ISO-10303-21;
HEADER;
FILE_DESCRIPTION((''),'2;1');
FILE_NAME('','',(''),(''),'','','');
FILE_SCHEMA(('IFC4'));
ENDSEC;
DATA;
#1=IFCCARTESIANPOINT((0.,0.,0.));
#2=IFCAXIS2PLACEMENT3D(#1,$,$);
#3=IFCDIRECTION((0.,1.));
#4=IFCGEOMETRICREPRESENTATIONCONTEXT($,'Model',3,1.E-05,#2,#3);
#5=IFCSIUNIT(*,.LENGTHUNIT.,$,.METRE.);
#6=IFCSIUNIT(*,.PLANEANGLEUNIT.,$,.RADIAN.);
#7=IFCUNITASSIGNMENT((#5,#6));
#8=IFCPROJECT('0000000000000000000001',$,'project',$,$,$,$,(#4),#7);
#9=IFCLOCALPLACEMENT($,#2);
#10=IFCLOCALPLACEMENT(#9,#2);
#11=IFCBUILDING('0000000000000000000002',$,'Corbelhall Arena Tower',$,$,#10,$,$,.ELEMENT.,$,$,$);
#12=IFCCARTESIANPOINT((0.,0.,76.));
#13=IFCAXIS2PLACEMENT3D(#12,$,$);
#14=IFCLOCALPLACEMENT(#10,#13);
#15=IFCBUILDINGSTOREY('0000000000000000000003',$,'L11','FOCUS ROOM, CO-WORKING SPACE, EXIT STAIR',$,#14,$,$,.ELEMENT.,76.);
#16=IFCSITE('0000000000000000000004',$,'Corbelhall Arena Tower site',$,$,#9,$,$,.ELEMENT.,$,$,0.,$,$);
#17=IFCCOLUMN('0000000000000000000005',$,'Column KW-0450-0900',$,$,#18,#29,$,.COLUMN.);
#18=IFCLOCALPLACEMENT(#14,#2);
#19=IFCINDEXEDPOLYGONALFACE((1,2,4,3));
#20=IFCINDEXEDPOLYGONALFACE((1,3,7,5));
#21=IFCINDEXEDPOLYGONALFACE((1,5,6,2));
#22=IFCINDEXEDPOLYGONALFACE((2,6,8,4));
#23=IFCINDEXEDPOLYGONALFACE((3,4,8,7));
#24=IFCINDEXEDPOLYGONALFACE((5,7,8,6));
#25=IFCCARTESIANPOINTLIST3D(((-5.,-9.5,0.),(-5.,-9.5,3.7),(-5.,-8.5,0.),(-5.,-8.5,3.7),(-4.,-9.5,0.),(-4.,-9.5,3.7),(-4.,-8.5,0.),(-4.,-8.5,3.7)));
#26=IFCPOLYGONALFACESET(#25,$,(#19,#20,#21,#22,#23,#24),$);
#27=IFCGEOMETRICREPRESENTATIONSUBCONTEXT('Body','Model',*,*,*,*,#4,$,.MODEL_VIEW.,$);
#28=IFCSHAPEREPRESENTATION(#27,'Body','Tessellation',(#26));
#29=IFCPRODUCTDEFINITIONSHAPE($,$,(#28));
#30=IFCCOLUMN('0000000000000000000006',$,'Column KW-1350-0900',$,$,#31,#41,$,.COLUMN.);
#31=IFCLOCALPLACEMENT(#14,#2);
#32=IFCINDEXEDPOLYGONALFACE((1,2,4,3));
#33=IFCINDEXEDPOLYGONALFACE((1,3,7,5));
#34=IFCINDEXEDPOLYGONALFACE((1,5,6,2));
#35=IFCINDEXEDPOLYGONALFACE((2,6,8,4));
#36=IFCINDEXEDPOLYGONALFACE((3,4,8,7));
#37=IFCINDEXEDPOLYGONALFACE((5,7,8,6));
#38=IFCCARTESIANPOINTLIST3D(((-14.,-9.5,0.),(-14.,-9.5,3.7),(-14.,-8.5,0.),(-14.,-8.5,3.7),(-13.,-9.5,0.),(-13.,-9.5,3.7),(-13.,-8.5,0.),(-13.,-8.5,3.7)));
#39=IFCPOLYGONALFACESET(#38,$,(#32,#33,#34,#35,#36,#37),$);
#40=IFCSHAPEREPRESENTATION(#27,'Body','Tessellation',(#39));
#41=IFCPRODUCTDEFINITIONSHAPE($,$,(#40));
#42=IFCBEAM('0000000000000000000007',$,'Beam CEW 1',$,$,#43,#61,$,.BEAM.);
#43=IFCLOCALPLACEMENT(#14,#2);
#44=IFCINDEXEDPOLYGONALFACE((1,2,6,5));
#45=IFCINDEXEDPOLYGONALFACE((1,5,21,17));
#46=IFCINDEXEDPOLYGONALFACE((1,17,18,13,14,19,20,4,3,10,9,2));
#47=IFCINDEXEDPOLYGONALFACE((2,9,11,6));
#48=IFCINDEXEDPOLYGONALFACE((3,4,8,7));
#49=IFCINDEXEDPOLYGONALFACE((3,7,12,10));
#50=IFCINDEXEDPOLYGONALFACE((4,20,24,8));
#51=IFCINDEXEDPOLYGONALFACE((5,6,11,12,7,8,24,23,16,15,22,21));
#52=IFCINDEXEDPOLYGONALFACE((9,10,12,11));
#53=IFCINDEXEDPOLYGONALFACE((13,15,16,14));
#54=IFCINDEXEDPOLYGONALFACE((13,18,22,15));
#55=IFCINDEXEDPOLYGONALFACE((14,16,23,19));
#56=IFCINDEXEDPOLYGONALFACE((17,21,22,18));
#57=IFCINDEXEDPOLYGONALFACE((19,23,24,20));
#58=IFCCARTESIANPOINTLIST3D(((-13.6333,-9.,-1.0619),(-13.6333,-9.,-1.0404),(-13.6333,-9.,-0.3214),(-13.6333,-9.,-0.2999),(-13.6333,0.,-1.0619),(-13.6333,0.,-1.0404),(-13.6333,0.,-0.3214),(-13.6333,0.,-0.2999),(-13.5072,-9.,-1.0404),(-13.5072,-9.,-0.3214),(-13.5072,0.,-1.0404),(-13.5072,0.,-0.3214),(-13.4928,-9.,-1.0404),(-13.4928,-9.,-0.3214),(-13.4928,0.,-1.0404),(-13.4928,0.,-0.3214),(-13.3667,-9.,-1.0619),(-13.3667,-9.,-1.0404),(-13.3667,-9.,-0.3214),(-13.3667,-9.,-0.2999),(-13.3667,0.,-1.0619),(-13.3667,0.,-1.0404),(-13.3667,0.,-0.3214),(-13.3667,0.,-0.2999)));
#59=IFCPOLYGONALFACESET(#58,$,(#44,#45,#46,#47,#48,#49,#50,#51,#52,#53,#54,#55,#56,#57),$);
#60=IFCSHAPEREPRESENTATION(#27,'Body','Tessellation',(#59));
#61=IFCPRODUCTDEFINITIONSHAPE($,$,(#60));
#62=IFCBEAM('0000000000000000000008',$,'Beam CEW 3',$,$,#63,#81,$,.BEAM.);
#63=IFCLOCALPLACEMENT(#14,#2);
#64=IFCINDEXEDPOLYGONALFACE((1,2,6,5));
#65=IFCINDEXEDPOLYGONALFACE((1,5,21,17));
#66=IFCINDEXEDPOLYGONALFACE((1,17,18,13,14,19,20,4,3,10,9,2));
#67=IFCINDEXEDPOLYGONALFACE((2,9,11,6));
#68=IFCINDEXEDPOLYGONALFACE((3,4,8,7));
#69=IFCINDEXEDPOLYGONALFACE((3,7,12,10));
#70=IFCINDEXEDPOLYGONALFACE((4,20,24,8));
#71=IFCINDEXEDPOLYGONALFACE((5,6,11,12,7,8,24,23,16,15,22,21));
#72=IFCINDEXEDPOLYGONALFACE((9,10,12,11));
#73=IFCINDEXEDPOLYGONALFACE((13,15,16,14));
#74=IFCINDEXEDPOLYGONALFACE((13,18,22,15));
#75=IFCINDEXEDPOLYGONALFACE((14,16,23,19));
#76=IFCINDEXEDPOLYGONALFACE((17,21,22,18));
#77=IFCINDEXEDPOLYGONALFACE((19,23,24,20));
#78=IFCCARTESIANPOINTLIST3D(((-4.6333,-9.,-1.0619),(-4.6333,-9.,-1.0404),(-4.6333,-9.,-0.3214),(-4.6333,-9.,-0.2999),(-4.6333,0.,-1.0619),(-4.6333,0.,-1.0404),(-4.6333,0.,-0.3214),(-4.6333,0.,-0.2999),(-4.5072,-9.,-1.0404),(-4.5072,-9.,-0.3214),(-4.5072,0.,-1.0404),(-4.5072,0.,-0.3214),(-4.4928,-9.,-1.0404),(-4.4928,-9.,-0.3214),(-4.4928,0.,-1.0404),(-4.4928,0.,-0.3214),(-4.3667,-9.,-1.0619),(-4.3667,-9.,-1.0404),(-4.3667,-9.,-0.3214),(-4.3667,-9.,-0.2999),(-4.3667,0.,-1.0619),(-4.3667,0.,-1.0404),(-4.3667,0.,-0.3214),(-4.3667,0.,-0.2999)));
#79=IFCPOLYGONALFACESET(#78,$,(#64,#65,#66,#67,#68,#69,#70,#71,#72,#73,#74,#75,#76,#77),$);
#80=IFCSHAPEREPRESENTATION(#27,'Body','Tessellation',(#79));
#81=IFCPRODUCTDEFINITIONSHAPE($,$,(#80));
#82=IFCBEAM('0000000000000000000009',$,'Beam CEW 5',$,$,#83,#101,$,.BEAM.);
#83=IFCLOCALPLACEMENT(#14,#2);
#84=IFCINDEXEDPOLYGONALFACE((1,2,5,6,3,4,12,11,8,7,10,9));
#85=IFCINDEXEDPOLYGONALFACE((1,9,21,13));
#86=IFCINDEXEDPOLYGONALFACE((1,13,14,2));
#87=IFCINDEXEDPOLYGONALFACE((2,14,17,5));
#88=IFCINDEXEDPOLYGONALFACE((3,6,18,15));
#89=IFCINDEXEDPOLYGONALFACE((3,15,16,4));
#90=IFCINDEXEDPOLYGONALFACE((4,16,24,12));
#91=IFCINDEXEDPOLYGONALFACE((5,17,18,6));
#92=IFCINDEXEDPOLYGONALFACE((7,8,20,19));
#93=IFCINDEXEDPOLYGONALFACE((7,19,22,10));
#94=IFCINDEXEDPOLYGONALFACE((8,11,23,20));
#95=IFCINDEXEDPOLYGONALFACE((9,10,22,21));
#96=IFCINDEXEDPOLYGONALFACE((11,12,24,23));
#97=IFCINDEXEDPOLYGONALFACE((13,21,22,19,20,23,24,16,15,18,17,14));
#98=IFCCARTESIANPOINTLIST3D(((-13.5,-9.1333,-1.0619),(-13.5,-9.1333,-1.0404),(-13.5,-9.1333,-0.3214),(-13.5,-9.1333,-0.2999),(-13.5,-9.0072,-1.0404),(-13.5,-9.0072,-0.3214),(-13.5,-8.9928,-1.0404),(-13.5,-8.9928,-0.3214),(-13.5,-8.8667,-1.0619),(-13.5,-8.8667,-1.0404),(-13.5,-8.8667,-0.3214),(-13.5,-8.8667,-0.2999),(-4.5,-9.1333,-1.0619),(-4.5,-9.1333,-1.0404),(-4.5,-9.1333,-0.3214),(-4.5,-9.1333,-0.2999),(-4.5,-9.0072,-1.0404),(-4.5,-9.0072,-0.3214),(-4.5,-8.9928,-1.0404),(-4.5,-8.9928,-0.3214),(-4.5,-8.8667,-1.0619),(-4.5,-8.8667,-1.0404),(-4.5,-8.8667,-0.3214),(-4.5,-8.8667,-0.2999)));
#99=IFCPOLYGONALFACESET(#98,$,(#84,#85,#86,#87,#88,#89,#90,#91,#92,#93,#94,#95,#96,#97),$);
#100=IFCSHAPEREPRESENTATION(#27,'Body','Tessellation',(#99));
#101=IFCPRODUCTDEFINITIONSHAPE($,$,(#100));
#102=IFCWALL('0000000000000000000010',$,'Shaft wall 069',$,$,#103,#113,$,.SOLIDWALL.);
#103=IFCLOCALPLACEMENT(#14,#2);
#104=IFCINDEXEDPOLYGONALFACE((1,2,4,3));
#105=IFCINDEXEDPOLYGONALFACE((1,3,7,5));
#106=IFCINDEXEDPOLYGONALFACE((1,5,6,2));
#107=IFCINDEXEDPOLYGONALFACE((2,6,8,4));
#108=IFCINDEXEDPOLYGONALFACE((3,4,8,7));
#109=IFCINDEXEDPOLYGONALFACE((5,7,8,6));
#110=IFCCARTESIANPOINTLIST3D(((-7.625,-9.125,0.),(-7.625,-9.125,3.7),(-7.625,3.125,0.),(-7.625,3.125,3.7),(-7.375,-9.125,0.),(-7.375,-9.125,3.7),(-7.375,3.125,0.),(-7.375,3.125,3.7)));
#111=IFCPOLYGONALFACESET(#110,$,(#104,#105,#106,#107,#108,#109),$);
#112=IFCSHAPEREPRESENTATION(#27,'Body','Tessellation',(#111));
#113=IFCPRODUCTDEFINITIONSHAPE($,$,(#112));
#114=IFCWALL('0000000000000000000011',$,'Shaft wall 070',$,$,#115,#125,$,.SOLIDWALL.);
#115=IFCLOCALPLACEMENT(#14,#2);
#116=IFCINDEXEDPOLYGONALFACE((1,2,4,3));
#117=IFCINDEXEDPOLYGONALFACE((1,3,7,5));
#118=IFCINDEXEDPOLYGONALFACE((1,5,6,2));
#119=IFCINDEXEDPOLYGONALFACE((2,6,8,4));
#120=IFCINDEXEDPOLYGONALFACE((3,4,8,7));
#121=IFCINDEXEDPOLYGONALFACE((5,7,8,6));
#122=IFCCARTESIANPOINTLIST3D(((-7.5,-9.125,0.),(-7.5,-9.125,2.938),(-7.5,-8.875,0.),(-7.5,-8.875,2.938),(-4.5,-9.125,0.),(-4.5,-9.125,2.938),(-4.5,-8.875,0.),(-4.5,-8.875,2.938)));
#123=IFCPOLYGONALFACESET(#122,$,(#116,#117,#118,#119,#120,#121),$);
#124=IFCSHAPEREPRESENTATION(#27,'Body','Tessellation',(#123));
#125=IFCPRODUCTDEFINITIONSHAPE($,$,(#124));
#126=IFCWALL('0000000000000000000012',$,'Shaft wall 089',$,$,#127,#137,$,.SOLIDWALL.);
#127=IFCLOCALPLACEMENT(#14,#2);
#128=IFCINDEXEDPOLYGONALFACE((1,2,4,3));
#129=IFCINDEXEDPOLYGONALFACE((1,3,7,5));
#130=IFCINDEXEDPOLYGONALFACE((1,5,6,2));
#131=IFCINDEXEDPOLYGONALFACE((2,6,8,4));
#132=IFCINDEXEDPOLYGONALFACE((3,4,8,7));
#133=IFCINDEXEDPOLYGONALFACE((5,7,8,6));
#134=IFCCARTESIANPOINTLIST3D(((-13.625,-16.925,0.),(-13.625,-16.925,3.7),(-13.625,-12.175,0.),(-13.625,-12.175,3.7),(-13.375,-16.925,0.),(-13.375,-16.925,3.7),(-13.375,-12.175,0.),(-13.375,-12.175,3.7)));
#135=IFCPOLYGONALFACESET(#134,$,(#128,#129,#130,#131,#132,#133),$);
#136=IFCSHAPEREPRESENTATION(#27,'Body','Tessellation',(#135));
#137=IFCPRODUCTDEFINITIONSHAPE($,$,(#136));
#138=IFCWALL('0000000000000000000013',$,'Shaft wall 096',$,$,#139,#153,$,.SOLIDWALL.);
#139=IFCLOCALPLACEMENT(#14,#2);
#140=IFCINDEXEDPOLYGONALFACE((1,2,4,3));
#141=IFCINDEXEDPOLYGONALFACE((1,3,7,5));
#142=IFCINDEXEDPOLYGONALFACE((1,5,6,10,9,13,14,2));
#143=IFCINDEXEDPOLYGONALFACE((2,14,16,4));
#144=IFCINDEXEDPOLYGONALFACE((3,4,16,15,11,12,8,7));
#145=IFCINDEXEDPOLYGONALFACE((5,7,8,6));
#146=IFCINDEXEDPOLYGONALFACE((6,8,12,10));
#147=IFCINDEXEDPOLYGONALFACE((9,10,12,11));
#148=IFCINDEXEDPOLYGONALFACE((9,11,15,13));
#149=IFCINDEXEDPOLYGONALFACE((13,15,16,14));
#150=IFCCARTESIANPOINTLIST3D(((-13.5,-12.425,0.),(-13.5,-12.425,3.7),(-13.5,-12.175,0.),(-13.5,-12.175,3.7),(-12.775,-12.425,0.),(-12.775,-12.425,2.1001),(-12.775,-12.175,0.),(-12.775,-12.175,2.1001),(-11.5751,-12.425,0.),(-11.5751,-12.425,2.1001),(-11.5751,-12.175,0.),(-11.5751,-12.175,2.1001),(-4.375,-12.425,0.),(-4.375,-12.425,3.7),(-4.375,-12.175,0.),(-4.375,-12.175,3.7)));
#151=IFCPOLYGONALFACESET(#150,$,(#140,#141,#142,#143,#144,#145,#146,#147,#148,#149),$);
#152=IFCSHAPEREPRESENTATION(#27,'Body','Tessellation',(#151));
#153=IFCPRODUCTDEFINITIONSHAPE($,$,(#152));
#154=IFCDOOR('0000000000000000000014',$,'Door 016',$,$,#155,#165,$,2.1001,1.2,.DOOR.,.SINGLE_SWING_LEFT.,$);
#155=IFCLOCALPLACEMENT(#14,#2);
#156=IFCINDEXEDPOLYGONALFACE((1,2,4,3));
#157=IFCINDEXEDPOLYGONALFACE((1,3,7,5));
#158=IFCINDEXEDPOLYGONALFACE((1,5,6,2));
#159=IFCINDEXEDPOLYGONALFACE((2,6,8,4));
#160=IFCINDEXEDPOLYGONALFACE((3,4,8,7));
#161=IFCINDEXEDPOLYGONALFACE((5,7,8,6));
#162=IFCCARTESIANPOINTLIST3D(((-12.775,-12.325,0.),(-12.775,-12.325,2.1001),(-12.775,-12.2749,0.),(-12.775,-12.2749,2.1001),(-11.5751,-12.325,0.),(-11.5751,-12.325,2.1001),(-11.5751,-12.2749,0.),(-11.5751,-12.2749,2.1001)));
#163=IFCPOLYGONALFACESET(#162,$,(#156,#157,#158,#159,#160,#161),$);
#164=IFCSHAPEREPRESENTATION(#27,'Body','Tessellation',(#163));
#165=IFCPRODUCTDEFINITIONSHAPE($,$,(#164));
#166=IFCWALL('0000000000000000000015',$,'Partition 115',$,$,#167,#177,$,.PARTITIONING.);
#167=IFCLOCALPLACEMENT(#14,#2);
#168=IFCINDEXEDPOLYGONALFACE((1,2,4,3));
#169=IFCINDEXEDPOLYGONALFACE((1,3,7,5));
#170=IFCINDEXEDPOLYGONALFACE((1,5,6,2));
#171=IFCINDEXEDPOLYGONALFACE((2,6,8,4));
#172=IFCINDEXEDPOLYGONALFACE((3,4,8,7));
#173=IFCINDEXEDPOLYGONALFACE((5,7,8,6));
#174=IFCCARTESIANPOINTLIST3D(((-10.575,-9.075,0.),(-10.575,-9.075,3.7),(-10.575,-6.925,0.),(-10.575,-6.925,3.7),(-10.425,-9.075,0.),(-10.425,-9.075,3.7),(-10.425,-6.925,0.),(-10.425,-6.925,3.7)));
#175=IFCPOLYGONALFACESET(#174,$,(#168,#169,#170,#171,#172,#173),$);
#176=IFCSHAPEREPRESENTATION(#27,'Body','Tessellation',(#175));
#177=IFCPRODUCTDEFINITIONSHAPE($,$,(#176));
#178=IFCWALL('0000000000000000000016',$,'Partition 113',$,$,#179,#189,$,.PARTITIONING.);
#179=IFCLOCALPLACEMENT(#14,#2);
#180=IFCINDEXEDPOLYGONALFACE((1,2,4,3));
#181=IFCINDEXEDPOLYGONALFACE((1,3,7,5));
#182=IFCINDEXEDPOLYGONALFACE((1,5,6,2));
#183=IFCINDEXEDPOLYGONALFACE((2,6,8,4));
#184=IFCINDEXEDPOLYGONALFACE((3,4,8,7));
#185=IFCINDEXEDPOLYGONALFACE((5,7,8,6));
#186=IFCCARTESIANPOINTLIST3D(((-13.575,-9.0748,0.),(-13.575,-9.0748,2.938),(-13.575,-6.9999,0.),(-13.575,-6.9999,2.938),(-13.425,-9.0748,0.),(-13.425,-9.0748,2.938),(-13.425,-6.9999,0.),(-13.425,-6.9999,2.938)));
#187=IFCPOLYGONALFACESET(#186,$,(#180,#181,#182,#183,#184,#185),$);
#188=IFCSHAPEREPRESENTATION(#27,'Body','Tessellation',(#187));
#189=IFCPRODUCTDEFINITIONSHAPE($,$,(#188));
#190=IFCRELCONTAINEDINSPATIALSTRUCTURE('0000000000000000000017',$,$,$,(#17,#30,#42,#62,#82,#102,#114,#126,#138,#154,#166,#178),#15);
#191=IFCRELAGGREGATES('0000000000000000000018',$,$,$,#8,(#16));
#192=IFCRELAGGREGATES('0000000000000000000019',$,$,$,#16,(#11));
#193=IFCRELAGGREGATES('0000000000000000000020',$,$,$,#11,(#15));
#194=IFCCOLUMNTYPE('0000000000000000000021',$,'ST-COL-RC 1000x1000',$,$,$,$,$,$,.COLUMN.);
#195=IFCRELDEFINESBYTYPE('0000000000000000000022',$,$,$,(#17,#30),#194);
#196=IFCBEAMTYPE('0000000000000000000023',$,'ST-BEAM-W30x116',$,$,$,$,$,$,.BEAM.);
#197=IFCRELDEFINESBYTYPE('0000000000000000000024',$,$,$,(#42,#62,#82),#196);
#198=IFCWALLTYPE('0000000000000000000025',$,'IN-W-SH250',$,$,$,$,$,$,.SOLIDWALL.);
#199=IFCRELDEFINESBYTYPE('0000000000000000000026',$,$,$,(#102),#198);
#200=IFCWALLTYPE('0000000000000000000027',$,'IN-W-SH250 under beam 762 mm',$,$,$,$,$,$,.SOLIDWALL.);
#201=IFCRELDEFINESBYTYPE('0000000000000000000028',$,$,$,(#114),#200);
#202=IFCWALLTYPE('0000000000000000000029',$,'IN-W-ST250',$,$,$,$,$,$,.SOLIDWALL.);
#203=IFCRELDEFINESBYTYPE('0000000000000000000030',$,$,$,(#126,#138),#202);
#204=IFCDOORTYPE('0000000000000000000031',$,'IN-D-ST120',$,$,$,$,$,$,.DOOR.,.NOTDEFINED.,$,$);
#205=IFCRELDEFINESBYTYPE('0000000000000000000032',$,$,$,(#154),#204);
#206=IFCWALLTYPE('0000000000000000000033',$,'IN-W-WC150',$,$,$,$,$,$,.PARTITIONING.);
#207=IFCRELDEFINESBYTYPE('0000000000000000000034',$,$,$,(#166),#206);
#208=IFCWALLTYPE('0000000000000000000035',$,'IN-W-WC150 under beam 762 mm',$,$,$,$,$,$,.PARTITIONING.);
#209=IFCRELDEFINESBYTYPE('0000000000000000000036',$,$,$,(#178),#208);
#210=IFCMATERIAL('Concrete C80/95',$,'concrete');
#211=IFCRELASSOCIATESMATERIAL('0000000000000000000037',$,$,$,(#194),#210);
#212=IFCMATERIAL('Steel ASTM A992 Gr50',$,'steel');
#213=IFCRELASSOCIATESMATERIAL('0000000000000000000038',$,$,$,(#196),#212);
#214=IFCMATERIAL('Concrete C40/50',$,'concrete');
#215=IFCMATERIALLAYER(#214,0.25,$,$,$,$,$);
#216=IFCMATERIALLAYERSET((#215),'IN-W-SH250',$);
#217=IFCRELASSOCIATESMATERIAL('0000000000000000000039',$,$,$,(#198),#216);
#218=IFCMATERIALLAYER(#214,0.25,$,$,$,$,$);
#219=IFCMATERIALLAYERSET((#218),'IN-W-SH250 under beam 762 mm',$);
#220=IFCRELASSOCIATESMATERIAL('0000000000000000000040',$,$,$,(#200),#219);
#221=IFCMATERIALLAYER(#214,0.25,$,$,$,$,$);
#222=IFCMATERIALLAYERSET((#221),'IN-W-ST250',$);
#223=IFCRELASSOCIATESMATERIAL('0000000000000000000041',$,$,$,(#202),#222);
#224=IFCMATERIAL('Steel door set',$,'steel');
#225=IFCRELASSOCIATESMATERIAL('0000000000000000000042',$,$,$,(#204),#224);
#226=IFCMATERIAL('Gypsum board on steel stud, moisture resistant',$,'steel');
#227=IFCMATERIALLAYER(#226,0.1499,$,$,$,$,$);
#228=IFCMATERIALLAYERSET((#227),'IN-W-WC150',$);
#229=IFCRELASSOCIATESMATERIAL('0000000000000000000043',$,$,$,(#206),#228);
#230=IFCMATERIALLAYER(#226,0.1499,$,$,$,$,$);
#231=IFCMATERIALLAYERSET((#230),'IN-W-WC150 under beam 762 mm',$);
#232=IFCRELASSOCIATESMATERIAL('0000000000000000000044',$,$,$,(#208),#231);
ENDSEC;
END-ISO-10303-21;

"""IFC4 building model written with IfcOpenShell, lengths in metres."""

from ifc_helpers import new_model, si_unit, direction, frame, frame_2d, origin, origin_2d, place, context, subcontext, project, spatial, rectangle, i_section, extrude, material, layer, layer_set, material_profile, profile_set, type_object, element, fill, save


model = new_model("IFC4")

# Units and contexts
model_context = context("Model", 3, precision=1e-05, world=origin(), true_north=direction((0.0, 1.0)))
body_context = subcontext(model_context, "Body", "Model", "MODEL_VIEW")
ifc_project = project(units=[si_unit("LENGTHUNIT", "METRE"), si_unit("PLANEANGLEUNIT", "RADIAN")], contexts=[model_context])

# Site, building, storey
site_placement = place(None, origin())
site = spatial("IfcSite", under=ifc_project, at=site_placement, Name="Corbelhall Arena Tower site", CompositionType="ELEMENT", RefElevation=0.0)
building_placement = place(site_placement, origin())
building = spatial("IfcBuilding", under=site, at=building_placement, Name="Corbelhall Arena Tower", CompositionType="ELEMENT")
storey_placement = place(building_placement, frame((0.0, 0.0, 76.0)))
storey = spatial("IfcBuildingStorey", under=building, at=storey_placement, Name="L11", Description="FOCUS ROOM, CO-WORKING SPACE, EXIT STAIR", CompositionType="ELEMENT", Elevation=76.0)

# Columns
ifc_material_1 = material(Name="Concrete C80/95", Category="concrete")
ifc_material_profile_1 = material_profile(ifc_material_1, rectangle(XDim=1.0, YDim=1.0, at=origin_2d()))
ifc_profile_set_1 = profile_set([ifc_material_profile_1], Name="Concrete C80/95")
column_type = type_object("IfcColumnType", Name="ST-COL-RC 1000x1000", PredefinedType="COLUMN", material=ifc_profile_set_1)
for number, where, z_axis, x_axis, name in (
    (1, (-4.5, -9.0, 0.0), (0.0, 0.0, 1.0), (1.0, 0.0, 0.0), "Column KW-0450-0900"),
    (2, (-13.5, -9.0, 0.0), (0.0, 0.0, 1.0), (1.0, 0.0, 0.0), "Column KW-1350-0900"),
):
    element("IfcColumn", number, at=place(storey_placement, frame(where, z_axis=z_axis, x_axis=x_axis)), inside=storey, type_object=column_type, Name=name, PredefinedType="COLUMN", context=body_context, shape_type="SweptSolid", body=[
        extrude(rectangle(XDim=1.0, YDim=1.0, at=origin_2d()), origin(), (0.0, 0.0, 1.0), 3.7),
    ])

# Beams
ifc_material_2 = material(Name="Steel ASTM A992 Gr50", Category="steel")
ifc_material_profile_2 = material_profile(ifc_material_2, i_section(OverallWidth=0.2666, OverallDepth=0.762, WebThickness=0.0144, FlangeThickness=0.0215, at=origin_2d()))
ifc_profile_set_2 = profile_set([ifc_material_profile_2], Name="Steel ASTM A992 Gr50")
beam_type = type_object("IfcBeamType", Name="ST-BEAM-W30x116", PredefinedType="BEAM", material=ifc_profile_set_2)
for number, where, z_axis, x_axis, name in (
    (3, (-13.5, -9.0, -0.6809), (0.0, 1.0, 0.0), (-1.0, 0.0, 0.0), "Beam CEW 1"),
    (4, (-4.5, -9.0, -0.6809), (0.0, 1.0, 0.0), (-1.0, 0.0, 0.0), "Beam CEW 3"),
    (5, (-13.5, -9.0, -0.6809), (1.0, 0.0, 0.0), (0.0, 1.0, 0.0), "Beam CEW 5"),
):
    element("IfcBeam", number, at=place(storey_placement, frame(where, z_axis=z_axis, x_axis=x_axis)), inside=storey, type_object=beam_type, Name=name, PredefinedType="BEAM", context=body_context, shape_type="SweptSolid", body=[
        extrude(i_section(OverallWidth=0.2666, OverallDepth=0.762, WebThickness=0.0144, FlangeThickness=0.0215, at=origin_2d()), origin(), (0.0, 0.0, 1.0), 9.0),
    ])

# Shared definitions
ifc_material_3 = material(Name="Steel door set", Category="steel")

# Walls
ifc_material_4 = material(Name="Concrete C40/50", Category="concrete")
ifc_layer_1 = layer(ifc_material_4, 0.25)
ifc_layer_set_1 = layer_set([ifc_layer_1], Name="IN-W-SH250")
wall_type_1 = type_object("IfcWallType", Name="IN-W-SH250", PredefinedType="SOLIDWALL", material=ifc_layer_set_1)
wall_1_placement = place(storey_placement, frame((-7.5, -9.125, 0.0), z_axis=(0.0, 0.0, 1.0), x_axis=(0.0, 1.0, 0.0)))
element("IfcWall", 6, at=wall_1_placement, inside=storey, type_object=wall_type_1, Name="Shaft wall 069", PredefinedType="SOLIDWALL", context=body_context, shape_type="SweptSolid", body=[
    extrude(rectangle(XDim=12.25, YDim=0.25, at=frame_2d((6.125, 0.0))), origin(), (0.0, 0.0, 1.0), 3.7),
])
ifc_layer_2 = layer(ifc_material_4, 0.25)
ifc_layer_set_2 = layer_set([ifc_layer_2], Name="IN-W-SH250 under beam 762 mm")
wall_type_2 = type_object("IfcWallType", Name="IN-W-SH250 under beam 762 mm", PredefinedType="SOLIDWALL", material=ifc_layer_set_2)
wall_2_placement = place(storey_placement, frame((-4.5, -9.0, 0.0), z_axis=(0.0, 0.0, 1.0), x_axis=(-1.0, 0.0, 0.0)))
element("IfcWall", 7, at=wall_2_placement, inside=storey, type_object=wall_type_2, Name="Shaft wall 070", PredefinedType="SOLIDWALL", context=body_context, shape_type="SweptSolid", body=[
    extrude(rectangle(XDim=3.0, YDim=0.25, at=frame_2d((1.5, 0.0))), origin(), (0.0, 0.0, 1.0), 2.938),
])
ifc_layer_3 = layer(ifc_material_4, 0.25)
ifc_layer_set_3 = layer_set([ifc_layer_3], Name="IN-W-ST250")
wall_type_3 = type_object("IfcWallType", Name="IN-W-ST250", PredefinedType="SOLIDWALL", material=ifc_layer_set_3)
wall_3_placement = place(storey_placement, frame((-13.5, -12.175, 0.0), z_axis=(0.0, 0.0, 1.0), x_axis=(0.0, -1.0, 0.0)))
element("IfcWall", 8, at=wall_3_placement, inside=storey, type_object=wall_type_3, Name="Shaft wall 089", PredefinedType="SOLIDWALL", context=body_context, shape_type="SweptSolid", body=[
    extrude(rectangle(XDim=4.75, YDim=0.25, at=frame_2d((2.375, 0.0))), origin(), (0.0, 0.0, 1.0), 3.7),
])

# Wall, opening, door
wall_4_placement = place(storey_placement, frame((-4.375, -12.3, 0.0), z_axis=(0.0, 0.0, 1.0), x_axis=(-1.0, 0.0, 0.0)))
wall_4 = element("IfcWall", 9, at=wall_4_placement, inside=storey, type_object=wall_type_3, Name="Shaft wall 096", PredefinedType="SOLIDWALL", context=body_context, shape_type="SweptSolid", body=[
    extrude(rectangle(XDim=9.125, YDim=0.25, at=frame_2d((4.5625, 0.0))), origin(), (0.0, 0.0, 1.0), 3.7),
])
opening_1_placement = place(wall_4_placement, frame((7.2, 0.0, 0.0)))
opening_1 = element("IfcOpeningElement", 10, at=opening_1_placement, cuts=wall_4, PredefinedType="OPENING", context=body_context, shape_type="SweptSolid", body=[
    extrude(rectangle(XDim=1.2, YDim=2.1001, at=frame_2d((0.6001, 1.05))), frame((0.0, 0.125, 0.0), z_axis=(0.0, -1.0, 0.0), x_axis=(1.0, 0.0, 0.0)), (0.0, 0.0, 1.0), 0.25),
])
door_type_1 = type_object("IfcDoorType", Name="IN-D-ST120", OperationType="NOTDEFINED", PredefinedType="DOOR", material=ifc_material_3)
door_1_placement = place(opening_1_placement, origin())
door_1 = element("IfcDoor", 11, at=door_1_placement, inside=storey, type_object=door_type_1, Name="Door 016", OperationType="SINGLE_SWING_LEFT", OverallHeight=2.1001, OverallWidth=1.2, PredefinedType="DOOR", context=body_context, shape_type="SweptSolid", body=[
    extrude(rectangle(XDim=1.2, YDim=2.1001, at=frame_2d((0.6001, 1.05))), frame((0.0, 0.0249, 0.0), z_axis=(0.0, -1.0, 0.0), x_axis=(1.0, 0.0, 0.0)), (0.0, 0.0, 1.0), 0.05),
])
fill(opening_1, door_1)

# Walls
ifc_material_5 = material(Name="Gypsum board on steel stud, moisture resistant", Category="steel")
ifc_layer_4 = layer(ifc_material_5, 0.1499)
ifc_layer_set_4 = layer_set([ifc_layer_4], Name="IN-W-WC150")
wall_type_4 = type_object("IfcWallType", Name="IN-W-WC150", PredefinedType="PARTITIONING", material=ifc_layer_set_4)
wall_5_placement = place(storey_placement, frame((-10.5, -9.075, 0.0), z_axis=(0.0, 0.0, 1.0), x_axis=(0.0, 1.0, 0.0)))
element("IfcWall", 12, at=wall_5_placement, inside=storey, type_object=wall_type_4, Name="Partition 115", PredefinedType="PARTITIONING", context=body_context, shape_type="SweptSolid", body=[
    extrude(rectangle(XDim=2.1499, YDim=0.1499, at=frame_2d((1.075, 0.0))), origin(), (0.0, 0.0, 1.0), 3.7),
])
ifc_layer_5 = layer(ifc_material_5, 0.1499)
ifc_layer_set_5 = layer_set([ifc_layer_5], Name="IN-W-WC150 under beam 762 mm")
wall_type_5 = type_object("IfcWallType", Name="IN-W-WC150 under beam 762 mm", PredefinedType="PARTITIONING", material=ifc_layer_set_5)
wall_6_placement = place(storey_placement, frame((-13.5, -9.075, 0.0), z_axis=(0.0, 0.0, 1.0), x_axis=(0.0, 1.0, 0.0)))
element("IfcWall", 13, at=wall_6_placement, inside=storey, type_object=wall_type_5, Name="Partition 113", PredefinedType="PARTITIONING", context=body_context, shape_type="SweptSolid", body=[
    extrude(rectangle(XDim=2.075, YDim=0.1499, at=frame_2d((1.0376, 0.0))), origin(), (0.0, 0.0, 1.0), 2.938),
])

save(model, "model.ifc")
